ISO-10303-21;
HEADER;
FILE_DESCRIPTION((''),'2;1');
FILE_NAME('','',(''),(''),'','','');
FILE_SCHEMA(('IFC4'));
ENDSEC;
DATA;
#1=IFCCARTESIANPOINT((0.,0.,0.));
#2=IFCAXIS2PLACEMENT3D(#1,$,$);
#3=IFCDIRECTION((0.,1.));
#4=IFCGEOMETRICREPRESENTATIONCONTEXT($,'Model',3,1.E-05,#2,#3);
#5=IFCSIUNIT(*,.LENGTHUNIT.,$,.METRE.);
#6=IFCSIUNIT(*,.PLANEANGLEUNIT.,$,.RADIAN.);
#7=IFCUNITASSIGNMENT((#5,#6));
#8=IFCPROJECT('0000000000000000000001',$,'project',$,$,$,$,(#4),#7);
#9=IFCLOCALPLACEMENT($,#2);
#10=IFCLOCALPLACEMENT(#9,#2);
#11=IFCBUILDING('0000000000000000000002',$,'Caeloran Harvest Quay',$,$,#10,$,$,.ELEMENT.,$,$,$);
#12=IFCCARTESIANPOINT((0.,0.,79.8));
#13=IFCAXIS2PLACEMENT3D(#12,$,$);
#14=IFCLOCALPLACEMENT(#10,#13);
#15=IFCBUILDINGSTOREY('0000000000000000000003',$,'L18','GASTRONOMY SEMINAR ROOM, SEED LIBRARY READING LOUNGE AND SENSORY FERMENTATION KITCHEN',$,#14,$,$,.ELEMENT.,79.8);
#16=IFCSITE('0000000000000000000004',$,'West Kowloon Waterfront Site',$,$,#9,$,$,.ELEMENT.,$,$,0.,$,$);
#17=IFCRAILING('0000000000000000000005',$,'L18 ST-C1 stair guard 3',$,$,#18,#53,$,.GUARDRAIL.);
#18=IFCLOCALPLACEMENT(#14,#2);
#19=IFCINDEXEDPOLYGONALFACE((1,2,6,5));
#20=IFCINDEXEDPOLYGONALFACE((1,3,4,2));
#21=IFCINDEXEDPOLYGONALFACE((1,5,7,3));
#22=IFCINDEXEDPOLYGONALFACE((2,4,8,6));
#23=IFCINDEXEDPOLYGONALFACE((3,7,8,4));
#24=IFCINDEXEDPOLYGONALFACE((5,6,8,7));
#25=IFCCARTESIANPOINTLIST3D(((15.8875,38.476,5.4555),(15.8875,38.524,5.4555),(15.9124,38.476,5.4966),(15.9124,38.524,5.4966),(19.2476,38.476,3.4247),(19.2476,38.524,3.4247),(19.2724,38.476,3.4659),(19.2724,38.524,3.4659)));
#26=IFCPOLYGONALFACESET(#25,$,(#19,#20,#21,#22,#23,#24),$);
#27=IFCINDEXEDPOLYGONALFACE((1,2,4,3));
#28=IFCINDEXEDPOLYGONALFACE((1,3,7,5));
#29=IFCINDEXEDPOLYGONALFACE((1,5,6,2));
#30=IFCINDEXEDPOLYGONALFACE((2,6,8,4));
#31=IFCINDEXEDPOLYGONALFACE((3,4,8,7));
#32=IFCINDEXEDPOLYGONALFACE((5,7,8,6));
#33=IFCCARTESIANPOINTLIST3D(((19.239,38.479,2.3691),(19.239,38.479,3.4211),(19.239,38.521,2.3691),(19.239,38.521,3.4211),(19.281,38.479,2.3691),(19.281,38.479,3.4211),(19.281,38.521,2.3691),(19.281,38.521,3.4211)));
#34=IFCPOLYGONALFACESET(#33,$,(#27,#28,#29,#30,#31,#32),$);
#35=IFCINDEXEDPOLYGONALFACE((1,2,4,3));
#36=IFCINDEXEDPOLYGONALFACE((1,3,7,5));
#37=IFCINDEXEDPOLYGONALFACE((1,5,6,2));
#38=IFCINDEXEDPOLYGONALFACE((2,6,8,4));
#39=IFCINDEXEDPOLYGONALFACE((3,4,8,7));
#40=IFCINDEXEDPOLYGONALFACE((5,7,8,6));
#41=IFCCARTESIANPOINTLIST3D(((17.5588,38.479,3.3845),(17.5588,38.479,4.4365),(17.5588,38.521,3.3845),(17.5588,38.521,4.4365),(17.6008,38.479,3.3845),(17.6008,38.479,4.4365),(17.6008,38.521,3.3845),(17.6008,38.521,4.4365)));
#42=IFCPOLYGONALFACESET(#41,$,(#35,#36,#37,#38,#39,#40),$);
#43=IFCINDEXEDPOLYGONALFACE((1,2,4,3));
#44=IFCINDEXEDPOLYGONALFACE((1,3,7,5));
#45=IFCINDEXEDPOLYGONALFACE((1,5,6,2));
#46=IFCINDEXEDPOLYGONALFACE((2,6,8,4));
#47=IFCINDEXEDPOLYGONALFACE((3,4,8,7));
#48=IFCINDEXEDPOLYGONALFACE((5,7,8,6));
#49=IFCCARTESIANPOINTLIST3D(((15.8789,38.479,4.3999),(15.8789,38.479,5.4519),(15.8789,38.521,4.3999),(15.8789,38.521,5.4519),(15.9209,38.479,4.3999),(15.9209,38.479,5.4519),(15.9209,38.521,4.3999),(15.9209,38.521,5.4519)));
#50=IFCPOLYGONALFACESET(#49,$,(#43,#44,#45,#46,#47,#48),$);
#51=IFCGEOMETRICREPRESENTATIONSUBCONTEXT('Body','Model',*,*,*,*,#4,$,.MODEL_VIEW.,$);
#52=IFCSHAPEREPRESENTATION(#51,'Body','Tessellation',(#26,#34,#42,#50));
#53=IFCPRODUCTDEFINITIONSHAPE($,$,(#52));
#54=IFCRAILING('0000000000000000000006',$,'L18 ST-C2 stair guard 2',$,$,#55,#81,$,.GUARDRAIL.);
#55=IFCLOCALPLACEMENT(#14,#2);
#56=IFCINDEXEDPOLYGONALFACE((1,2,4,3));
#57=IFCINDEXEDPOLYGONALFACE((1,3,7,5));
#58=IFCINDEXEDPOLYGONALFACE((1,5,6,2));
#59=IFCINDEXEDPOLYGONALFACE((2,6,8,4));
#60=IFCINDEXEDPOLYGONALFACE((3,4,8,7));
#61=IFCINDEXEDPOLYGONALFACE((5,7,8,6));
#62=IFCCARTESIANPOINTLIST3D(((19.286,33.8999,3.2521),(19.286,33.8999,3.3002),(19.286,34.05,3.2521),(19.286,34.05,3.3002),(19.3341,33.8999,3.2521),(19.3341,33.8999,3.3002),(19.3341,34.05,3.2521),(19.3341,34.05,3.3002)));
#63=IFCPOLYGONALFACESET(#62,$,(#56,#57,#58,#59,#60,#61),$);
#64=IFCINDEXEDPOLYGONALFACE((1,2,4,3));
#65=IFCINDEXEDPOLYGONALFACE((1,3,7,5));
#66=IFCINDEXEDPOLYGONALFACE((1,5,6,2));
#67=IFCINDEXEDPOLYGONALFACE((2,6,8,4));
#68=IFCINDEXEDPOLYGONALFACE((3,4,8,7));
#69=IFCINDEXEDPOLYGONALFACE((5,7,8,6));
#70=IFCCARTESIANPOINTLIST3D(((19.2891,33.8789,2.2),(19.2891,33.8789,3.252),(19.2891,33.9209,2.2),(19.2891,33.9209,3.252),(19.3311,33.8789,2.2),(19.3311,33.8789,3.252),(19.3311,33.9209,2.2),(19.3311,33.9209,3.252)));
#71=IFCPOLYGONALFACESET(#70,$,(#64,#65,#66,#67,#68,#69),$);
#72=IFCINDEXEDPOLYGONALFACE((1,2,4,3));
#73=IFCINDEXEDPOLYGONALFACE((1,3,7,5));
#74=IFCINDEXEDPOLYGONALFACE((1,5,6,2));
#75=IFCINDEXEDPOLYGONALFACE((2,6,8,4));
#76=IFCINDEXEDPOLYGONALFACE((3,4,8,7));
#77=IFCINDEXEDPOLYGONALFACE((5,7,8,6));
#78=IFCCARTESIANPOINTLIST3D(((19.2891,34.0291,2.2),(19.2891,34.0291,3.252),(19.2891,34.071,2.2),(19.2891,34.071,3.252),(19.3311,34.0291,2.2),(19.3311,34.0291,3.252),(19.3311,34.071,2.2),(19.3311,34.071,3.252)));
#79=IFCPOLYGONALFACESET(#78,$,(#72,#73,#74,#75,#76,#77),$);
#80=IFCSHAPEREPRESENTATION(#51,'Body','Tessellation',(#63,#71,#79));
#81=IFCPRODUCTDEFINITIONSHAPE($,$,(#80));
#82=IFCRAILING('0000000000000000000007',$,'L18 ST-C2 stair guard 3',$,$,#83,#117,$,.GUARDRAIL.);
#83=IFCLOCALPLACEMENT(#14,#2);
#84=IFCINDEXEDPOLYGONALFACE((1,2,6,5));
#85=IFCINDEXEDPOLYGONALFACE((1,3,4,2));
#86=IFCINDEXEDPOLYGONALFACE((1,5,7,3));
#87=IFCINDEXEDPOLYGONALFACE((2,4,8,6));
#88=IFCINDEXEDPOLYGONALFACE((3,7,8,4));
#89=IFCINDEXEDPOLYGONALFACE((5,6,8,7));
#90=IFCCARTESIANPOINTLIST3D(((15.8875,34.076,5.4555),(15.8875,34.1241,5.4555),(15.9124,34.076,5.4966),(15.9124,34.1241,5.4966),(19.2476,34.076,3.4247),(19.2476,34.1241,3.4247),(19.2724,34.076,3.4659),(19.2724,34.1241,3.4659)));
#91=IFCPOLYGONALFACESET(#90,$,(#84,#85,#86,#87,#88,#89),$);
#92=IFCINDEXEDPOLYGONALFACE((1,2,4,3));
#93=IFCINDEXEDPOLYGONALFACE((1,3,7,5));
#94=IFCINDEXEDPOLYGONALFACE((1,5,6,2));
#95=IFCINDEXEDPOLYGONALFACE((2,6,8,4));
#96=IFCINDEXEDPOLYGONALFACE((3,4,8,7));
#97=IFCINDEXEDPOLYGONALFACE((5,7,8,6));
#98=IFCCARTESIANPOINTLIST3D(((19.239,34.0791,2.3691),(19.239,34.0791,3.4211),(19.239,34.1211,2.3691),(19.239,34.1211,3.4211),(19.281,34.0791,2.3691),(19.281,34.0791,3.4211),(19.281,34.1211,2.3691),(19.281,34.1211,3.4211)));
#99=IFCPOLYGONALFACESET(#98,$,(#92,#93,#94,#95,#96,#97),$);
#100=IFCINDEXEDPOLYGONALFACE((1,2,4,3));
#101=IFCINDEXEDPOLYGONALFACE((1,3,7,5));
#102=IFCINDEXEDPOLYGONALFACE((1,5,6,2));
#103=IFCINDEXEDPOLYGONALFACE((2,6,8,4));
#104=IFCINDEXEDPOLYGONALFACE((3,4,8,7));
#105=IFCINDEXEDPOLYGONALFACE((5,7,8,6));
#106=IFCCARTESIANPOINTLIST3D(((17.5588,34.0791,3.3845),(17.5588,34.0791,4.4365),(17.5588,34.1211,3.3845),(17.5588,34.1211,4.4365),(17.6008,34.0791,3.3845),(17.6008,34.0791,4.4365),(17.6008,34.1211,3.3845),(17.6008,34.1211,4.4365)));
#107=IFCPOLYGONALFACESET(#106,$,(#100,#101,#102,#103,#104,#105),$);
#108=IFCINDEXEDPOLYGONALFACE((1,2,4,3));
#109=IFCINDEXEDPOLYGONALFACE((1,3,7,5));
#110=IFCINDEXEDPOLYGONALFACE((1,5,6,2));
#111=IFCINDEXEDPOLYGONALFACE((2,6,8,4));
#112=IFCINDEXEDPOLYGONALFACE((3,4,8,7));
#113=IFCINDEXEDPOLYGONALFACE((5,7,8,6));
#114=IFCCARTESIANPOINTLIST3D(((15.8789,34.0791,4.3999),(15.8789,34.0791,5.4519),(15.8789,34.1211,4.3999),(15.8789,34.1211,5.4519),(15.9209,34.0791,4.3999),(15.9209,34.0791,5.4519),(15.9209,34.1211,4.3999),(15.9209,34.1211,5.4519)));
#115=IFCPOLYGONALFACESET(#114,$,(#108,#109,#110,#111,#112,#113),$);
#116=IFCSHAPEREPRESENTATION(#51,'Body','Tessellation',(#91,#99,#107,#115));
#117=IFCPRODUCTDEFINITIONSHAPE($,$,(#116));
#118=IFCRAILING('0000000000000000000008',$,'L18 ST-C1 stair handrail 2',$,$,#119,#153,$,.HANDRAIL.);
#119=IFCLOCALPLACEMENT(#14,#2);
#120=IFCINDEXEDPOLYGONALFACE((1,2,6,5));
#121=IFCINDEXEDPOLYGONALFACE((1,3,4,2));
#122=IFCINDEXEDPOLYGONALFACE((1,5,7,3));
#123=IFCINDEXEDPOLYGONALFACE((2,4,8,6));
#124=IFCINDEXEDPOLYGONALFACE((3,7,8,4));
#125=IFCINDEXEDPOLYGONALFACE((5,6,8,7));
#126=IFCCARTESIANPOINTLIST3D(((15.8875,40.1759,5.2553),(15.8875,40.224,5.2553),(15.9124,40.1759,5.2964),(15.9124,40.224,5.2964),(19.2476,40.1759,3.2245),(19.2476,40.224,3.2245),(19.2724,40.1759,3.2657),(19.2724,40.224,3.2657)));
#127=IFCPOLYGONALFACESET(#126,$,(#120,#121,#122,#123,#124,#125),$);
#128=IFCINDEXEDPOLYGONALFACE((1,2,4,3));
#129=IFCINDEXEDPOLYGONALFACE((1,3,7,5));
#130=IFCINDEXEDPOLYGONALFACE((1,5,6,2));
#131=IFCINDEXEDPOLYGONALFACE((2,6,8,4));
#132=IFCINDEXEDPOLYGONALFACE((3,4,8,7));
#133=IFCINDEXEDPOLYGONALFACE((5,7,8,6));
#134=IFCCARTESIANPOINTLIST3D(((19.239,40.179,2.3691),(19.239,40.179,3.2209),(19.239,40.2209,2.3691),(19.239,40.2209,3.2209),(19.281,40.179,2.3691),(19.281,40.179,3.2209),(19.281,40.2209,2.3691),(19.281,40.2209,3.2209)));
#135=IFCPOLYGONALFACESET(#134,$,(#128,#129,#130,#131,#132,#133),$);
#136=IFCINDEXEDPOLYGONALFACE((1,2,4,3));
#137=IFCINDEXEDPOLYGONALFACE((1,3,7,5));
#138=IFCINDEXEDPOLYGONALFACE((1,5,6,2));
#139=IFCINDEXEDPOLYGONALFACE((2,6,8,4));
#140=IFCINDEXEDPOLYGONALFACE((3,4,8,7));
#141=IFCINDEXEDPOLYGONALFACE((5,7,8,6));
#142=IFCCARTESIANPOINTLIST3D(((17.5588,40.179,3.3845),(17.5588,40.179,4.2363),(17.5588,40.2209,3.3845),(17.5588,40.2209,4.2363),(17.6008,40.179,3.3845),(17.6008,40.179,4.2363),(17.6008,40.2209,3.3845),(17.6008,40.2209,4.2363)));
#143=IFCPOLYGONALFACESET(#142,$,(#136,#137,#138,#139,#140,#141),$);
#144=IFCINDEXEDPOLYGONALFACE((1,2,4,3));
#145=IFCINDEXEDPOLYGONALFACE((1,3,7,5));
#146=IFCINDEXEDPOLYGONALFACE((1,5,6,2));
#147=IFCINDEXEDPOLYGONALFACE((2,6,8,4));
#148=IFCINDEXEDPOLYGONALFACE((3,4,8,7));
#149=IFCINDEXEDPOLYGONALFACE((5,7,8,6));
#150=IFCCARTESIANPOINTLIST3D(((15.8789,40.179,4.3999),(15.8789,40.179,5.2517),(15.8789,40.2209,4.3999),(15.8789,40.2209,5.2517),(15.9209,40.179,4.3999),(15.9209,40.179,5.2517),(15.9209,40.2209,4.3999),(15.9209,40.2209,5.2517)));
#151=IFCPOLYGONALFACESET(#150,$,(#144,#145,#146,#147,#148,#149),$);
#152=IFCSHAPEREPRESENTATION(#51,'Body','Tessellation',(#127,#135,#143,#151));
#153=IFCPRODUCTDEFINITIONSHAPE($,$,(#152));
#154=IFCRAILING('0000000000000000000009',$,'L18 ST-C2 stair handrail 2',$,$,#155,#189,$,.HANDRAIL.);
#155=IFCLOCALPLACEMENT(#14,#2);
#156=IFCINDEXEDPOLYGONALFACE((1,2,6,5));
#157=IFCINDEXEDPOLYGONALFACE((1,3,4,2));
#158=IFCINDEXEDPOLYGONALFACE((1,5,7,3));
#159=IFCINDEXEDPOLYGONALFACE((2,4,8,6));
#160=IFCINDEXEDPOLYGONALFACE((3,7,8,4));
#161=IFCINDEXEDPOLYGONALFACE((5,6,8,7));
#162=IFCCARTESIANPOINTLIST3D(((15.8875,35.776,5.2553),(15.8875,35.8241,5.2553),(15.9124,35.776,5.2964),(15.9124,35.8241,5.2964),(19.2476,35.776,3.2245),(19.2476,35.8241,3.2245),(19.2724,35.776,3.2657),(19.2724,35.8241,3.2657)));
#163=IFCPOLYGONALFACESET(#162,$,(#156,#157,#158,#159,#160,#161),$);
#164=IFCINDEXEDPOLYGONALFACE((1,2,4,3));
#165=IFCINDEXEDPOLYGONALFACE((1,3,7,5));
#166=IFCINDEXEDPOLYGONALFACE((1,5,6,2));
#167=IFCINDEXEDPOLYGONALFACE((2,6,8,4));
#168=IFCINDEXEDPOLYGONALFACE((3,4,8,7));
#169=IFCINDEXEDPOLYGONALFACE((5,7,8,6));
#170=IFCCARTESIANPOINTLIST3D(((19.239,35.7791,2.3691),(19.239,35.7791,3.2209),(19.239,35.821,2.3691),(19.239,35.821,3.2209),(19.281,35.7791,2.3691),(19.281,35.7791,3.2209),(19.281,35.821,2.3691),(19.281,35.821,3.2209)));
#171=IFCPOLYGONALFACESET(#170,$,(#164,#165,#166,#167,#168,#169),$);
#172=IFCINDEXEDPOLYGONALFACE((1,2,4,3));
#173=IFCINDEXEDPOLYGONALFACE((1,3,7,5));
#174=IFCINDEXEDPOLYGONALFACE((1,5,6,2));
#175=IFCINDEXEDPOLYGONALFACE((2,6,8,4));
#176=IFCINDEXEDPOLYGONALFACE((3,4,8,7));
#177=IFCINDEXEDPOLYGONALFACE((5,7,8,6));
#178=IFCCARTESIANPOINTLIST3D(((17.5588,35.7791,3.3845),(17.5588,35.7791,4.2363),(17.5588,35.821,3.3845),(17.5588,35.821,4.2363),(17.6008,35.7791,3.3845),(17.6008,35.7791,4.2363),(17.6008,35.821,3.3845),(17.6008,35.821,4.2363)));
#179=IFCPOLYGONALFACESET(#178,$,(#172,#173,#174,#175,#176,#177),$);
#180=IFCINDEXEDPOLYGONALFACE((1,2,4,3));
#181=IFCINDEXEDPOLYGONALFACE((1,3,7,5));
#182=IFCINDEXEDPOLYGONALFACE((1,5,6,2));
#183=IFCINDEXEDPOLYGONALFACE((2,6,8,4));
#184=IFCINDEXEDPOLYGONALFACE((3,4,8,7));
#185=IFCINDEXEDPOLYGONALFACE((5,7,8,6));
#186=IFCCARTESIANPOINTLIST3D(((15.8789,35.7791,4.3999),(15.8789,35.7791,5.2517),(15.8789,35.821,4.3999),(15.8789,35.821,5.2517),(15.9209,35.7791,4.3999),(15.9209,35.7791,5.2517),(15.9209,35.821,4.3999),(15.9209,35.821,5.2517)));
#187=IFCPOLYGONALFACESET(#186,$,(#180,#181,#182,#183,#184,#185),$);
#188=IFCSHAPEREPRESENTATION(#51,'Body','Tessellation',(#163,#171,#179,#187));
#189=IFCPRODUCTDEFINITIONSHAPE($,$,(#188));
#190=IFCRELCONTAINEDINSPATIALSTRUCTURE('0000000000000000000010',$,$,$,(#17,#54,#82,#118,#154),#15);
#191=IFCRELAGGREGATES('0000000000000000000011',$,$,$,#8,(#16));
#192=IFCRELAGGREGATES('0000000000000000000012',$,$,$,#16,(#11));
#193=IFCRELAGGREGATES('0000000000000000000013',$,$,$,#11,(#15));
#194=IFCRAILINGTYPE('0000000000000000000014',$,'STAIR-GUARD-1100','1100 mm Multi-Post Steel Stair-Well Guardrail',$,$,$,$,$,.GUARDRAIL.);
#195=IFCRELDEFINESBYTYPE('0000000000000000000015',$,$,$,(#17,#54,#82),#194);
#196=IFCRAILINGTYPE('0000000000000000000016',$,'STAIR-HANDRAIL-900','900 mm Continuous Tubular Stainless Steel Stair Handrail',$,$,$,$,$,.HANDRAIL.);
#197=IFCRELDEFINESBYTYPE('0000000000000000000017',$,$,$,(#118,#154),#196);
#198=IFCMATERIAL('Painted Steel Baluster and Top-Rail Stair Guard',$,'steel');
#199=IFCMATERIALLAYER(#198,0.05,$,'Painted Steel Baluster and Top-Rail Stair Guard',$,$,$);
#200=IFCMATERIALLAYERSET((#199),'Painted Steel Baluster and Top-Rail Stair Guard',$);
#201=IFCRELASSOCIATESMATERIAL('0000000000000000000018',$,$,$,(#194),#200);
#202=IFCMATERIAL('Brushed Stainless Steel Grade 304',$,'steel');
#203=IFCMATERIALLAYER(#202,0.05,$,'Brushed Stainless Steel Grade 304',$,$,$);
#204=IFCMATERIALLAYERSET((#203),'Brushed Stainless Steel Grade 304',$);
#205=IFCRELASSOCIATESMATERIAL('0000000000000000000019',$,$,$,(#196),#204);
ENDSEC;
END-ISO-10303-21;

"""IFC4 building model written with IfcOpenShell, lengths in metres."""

from ifc_helpers import new_model, si_unit, direction, frame, origin, origin_2d, place, context, subcontext, project, spatial, rectangle, extrude, material, layer, layer_set, type_object, element, save


model = new_model("IFC4")

# Units and contexts
model_context = context("Model", 3, precision=1e-05, world=origin(), true_north=direction((0.0, 1.0)))
body_context = subcontext(model_context, "Body", "Model", "MODEL_VIEW")
ifc_project = project(units=[si_unit("LENGTHUNIT", "METRE"), si_unit("PLANEANGLEUNIT", "RADIAN")], contexts=[model_context])

# Site, building, storey
site_placement = place(None, origin())
site = spatial("IfcSite", under=ifc_project, at=site_placement, Name="West Kowloon Waterfront Site", CompositionType="ELEMENT", RefElevation=0.0)
building_placement = place(site_placement, origin())
building = spatial("IfcBuilding", under=site, at=building_placement, Name="Caeloran Harvest Quay", CompositionType="ELEMENT")
storey_placement = place(building_placement, frame((0.0, 0.0, 79.8)))
storey = spatial("IfcBuildingStorey", under=building, at=storey_placement, Name="L18", Description="GASTRONOMY SEMINAR ROOM, SEED LIBRARY READING LOUNGE AND SENSORY FERMENTATION KITCHEN", CompositionType="ELEMENT", Elevation=79.8)

# Railings
ifc_material_1 = material(Name="Painted Steel Baluster and Top-Rail Stair Guard", Category="steel")
ifc_layer_1 = layer(ifc_material_1, 0.05, Name="Painted Steel Baluster and Top-Rail Stair Guard")
ifc_layer_set_1 = layer_set([ifc_layer_1], Name="Painted Steel Baluster and Top-Rail Stair Guard")
railing_type_1 = type_object("IfcRailingType", Name="STAIR-GUARD-1100", Description="1100 mm Multi-Post Steel Stair-Well Guardrail", PredefinedType="GUARDRAIL", material=ifc_layer_set_1)
railing_1_placement = place(storey_placement, frame((19.26, 38.5, 2.3691)))
element("IfcRailing", 1, at=railing_1_placement, inside=storey, type_object=railing_type_1, Name="L18 ST-C1 stair guard 3", PredefinedType="GUARDRAIL", context=body_context, shape_type="SweptSolid", body=[
    extrude(rectangle(XDim=0.0481, YDim=0.0481, at=origin_2d()), frame((0.0, 0.0, 1.0762), z_axis=(-0.855837, 0.0, 0.517246), x_axis=(0.0, -1.0, 0.0)), (0.0, 0.0, 1.0), 3.926),
    extrude(rectangle(XDim=0.042, YDim=0.042, at=origin_2d()), origin(), (0.0, 0.0, 1.0), 1.052),
    extrude(rectangle(XDim=0.042, YDim=0.042, at=origin_2d()), frame((-1.6802, 0.0, 1.0154)), (0.0, 0.0, 1.0), 1.052),
    extrude(rectangle(XDim=0.042, YDim=0.042, at=origin_2d()), frame((-3.3601, 0.0, 2.0308)), (0.0, 0.0, 1.0), 1.052),
])
railing_2_placement = place(storey_placement, frame((19.3101, 33.8999, 2.2)))
element("IfcRailing", 2, at=railing_2_placement, inside=storey, type_object=railing_type_1, Name="L18 ST-C2 stair guard 2", PredefinedType="GUARDRAIL", context=body_context, shape_type="SweptSolid", body=[
    extrude(rectangle(XDim=0.0481, YDim=0.0481, at=origin_2d()), frame((0.0, 0.0, 1.0762), z_axis=(0.0, 1.0, 0.0), x_axis=(-1.0, 0.0, 0.0)), (0.0, 0.0, 1.0), 0.1501),
    extrude(rectangle(XDim=0.042, YDim=0.042, at=origin_2d()), origin(), (0.0, 0.0, 1.0), 1.052),
    extrude(rectangle(XDim=0.042, YDim=0.042, at=origin_2d()), frame((0.0, 0.1501, 0.0)), (0.0, 0.0, 1.0), 1.052),
])
railing_3_placement = place(storey_placement, frame((19.26, 34.1001, 2.3691)))
element("IfcRailing", 3, at=railing_3_placement, inside=storey, type_object=railing_type_1, Name="L18 ST-C2 stair guard 3", PredefinedType="GUARDRAIL", context=body_context, shape_type="SweptSolid", body=[
    extrude(rectangle(XDim=0.0481, YDim=0.0481, at=origin_2d()), frame((0.0, 0.0, 1.0762), z_axis=(-0.855837, 0.0, 0.517246), x_axis=(0.0, -1.0, 0.0)), (0.0, 0.0, 1.0), 3.926),
    extrude(rectangle(XDim=0.042, YDim=0.042, at=origin_2d()), origin(), (0.0, 0.0, 1.0), 1.052),
    extrude(rectangle(XDim=0.042, YDim=0.042, at=origin_2d()), frame((-1.6802, 0.0, 1.0154)), (0.0, 0.0, 1.0), 1.052),
    extrude(rectangle(XDim=0.042, YDim=0.042, at=origin_2d()), frame((-3.3601, 0.0, 2.0308)), (0.0, 0.0, 1.0), 1.052),
])
ifc_material_2 = material(Name="Brushed Stainless Steel Grade 304", Category="steel")
ifc_layer_2 = layer(ifc_material_2, 0.05, Name="Brushed Stainless Steel Grade 304")
ifc_layer_set_2 = layer_set([ifc_layer_2], Name="Brushed Stainless Steel Grade 304")
railing_type_2 = type_object("IfcRailingType", Name="STAIR-HANDRAIL-900", Description="900 mm Continuous Tubular Stainless Steel Stair Handrail", PredefinedType="HANDRAIL", material=ifc_layer_set_2)
for number, where, name in (
    (4, (19.26, 40.2, 2.3691), "L18 ST-C1 stair handrail 2"),
    (5, (19.26, 35.8, 2.3691), "L18 ST-C2 stair handrail 2"),
):
    element("IfcRailing", number, at=place(storey_placement, frame(where)), inside=storey, type_object=railing_type_2, Name=name, PredefinedType="HANDRAIL", context=body_context, shape_type="SweptSolid", body=[
        extrude(rectangle(XDim=0.0481, YDim=0.0481, at=origin_2d()), frame((0.0, 0.0, 0.876), z_axis=(-0.855837, 0.0, 0.517246), x_axis=(0.0, -1.0, 0.0)), (0.0, 0.0, 1.0), 3.926),
        extrude(rectangle(XDim=0.042, YDim=0.042, at=origin_2d()), origin(), (0.0, 0.0, 1.0), 0.8518),
        extrude(rectangle(XDim=0.042, YDim=0.042, at=origin_2d()), frame((-1.6802, 0.0, 1.0154)), (0.0, 0.0, 1.0), 0.8518),
        extrude(rectangle(XDim=0.042, YDim=0.042, at=origin_2d()), frame((-3.3601, 0.0, 2.0308)), (0.0, 0.0, 1.0), 0.8518),
    ])

save(model, "model.ifc")
